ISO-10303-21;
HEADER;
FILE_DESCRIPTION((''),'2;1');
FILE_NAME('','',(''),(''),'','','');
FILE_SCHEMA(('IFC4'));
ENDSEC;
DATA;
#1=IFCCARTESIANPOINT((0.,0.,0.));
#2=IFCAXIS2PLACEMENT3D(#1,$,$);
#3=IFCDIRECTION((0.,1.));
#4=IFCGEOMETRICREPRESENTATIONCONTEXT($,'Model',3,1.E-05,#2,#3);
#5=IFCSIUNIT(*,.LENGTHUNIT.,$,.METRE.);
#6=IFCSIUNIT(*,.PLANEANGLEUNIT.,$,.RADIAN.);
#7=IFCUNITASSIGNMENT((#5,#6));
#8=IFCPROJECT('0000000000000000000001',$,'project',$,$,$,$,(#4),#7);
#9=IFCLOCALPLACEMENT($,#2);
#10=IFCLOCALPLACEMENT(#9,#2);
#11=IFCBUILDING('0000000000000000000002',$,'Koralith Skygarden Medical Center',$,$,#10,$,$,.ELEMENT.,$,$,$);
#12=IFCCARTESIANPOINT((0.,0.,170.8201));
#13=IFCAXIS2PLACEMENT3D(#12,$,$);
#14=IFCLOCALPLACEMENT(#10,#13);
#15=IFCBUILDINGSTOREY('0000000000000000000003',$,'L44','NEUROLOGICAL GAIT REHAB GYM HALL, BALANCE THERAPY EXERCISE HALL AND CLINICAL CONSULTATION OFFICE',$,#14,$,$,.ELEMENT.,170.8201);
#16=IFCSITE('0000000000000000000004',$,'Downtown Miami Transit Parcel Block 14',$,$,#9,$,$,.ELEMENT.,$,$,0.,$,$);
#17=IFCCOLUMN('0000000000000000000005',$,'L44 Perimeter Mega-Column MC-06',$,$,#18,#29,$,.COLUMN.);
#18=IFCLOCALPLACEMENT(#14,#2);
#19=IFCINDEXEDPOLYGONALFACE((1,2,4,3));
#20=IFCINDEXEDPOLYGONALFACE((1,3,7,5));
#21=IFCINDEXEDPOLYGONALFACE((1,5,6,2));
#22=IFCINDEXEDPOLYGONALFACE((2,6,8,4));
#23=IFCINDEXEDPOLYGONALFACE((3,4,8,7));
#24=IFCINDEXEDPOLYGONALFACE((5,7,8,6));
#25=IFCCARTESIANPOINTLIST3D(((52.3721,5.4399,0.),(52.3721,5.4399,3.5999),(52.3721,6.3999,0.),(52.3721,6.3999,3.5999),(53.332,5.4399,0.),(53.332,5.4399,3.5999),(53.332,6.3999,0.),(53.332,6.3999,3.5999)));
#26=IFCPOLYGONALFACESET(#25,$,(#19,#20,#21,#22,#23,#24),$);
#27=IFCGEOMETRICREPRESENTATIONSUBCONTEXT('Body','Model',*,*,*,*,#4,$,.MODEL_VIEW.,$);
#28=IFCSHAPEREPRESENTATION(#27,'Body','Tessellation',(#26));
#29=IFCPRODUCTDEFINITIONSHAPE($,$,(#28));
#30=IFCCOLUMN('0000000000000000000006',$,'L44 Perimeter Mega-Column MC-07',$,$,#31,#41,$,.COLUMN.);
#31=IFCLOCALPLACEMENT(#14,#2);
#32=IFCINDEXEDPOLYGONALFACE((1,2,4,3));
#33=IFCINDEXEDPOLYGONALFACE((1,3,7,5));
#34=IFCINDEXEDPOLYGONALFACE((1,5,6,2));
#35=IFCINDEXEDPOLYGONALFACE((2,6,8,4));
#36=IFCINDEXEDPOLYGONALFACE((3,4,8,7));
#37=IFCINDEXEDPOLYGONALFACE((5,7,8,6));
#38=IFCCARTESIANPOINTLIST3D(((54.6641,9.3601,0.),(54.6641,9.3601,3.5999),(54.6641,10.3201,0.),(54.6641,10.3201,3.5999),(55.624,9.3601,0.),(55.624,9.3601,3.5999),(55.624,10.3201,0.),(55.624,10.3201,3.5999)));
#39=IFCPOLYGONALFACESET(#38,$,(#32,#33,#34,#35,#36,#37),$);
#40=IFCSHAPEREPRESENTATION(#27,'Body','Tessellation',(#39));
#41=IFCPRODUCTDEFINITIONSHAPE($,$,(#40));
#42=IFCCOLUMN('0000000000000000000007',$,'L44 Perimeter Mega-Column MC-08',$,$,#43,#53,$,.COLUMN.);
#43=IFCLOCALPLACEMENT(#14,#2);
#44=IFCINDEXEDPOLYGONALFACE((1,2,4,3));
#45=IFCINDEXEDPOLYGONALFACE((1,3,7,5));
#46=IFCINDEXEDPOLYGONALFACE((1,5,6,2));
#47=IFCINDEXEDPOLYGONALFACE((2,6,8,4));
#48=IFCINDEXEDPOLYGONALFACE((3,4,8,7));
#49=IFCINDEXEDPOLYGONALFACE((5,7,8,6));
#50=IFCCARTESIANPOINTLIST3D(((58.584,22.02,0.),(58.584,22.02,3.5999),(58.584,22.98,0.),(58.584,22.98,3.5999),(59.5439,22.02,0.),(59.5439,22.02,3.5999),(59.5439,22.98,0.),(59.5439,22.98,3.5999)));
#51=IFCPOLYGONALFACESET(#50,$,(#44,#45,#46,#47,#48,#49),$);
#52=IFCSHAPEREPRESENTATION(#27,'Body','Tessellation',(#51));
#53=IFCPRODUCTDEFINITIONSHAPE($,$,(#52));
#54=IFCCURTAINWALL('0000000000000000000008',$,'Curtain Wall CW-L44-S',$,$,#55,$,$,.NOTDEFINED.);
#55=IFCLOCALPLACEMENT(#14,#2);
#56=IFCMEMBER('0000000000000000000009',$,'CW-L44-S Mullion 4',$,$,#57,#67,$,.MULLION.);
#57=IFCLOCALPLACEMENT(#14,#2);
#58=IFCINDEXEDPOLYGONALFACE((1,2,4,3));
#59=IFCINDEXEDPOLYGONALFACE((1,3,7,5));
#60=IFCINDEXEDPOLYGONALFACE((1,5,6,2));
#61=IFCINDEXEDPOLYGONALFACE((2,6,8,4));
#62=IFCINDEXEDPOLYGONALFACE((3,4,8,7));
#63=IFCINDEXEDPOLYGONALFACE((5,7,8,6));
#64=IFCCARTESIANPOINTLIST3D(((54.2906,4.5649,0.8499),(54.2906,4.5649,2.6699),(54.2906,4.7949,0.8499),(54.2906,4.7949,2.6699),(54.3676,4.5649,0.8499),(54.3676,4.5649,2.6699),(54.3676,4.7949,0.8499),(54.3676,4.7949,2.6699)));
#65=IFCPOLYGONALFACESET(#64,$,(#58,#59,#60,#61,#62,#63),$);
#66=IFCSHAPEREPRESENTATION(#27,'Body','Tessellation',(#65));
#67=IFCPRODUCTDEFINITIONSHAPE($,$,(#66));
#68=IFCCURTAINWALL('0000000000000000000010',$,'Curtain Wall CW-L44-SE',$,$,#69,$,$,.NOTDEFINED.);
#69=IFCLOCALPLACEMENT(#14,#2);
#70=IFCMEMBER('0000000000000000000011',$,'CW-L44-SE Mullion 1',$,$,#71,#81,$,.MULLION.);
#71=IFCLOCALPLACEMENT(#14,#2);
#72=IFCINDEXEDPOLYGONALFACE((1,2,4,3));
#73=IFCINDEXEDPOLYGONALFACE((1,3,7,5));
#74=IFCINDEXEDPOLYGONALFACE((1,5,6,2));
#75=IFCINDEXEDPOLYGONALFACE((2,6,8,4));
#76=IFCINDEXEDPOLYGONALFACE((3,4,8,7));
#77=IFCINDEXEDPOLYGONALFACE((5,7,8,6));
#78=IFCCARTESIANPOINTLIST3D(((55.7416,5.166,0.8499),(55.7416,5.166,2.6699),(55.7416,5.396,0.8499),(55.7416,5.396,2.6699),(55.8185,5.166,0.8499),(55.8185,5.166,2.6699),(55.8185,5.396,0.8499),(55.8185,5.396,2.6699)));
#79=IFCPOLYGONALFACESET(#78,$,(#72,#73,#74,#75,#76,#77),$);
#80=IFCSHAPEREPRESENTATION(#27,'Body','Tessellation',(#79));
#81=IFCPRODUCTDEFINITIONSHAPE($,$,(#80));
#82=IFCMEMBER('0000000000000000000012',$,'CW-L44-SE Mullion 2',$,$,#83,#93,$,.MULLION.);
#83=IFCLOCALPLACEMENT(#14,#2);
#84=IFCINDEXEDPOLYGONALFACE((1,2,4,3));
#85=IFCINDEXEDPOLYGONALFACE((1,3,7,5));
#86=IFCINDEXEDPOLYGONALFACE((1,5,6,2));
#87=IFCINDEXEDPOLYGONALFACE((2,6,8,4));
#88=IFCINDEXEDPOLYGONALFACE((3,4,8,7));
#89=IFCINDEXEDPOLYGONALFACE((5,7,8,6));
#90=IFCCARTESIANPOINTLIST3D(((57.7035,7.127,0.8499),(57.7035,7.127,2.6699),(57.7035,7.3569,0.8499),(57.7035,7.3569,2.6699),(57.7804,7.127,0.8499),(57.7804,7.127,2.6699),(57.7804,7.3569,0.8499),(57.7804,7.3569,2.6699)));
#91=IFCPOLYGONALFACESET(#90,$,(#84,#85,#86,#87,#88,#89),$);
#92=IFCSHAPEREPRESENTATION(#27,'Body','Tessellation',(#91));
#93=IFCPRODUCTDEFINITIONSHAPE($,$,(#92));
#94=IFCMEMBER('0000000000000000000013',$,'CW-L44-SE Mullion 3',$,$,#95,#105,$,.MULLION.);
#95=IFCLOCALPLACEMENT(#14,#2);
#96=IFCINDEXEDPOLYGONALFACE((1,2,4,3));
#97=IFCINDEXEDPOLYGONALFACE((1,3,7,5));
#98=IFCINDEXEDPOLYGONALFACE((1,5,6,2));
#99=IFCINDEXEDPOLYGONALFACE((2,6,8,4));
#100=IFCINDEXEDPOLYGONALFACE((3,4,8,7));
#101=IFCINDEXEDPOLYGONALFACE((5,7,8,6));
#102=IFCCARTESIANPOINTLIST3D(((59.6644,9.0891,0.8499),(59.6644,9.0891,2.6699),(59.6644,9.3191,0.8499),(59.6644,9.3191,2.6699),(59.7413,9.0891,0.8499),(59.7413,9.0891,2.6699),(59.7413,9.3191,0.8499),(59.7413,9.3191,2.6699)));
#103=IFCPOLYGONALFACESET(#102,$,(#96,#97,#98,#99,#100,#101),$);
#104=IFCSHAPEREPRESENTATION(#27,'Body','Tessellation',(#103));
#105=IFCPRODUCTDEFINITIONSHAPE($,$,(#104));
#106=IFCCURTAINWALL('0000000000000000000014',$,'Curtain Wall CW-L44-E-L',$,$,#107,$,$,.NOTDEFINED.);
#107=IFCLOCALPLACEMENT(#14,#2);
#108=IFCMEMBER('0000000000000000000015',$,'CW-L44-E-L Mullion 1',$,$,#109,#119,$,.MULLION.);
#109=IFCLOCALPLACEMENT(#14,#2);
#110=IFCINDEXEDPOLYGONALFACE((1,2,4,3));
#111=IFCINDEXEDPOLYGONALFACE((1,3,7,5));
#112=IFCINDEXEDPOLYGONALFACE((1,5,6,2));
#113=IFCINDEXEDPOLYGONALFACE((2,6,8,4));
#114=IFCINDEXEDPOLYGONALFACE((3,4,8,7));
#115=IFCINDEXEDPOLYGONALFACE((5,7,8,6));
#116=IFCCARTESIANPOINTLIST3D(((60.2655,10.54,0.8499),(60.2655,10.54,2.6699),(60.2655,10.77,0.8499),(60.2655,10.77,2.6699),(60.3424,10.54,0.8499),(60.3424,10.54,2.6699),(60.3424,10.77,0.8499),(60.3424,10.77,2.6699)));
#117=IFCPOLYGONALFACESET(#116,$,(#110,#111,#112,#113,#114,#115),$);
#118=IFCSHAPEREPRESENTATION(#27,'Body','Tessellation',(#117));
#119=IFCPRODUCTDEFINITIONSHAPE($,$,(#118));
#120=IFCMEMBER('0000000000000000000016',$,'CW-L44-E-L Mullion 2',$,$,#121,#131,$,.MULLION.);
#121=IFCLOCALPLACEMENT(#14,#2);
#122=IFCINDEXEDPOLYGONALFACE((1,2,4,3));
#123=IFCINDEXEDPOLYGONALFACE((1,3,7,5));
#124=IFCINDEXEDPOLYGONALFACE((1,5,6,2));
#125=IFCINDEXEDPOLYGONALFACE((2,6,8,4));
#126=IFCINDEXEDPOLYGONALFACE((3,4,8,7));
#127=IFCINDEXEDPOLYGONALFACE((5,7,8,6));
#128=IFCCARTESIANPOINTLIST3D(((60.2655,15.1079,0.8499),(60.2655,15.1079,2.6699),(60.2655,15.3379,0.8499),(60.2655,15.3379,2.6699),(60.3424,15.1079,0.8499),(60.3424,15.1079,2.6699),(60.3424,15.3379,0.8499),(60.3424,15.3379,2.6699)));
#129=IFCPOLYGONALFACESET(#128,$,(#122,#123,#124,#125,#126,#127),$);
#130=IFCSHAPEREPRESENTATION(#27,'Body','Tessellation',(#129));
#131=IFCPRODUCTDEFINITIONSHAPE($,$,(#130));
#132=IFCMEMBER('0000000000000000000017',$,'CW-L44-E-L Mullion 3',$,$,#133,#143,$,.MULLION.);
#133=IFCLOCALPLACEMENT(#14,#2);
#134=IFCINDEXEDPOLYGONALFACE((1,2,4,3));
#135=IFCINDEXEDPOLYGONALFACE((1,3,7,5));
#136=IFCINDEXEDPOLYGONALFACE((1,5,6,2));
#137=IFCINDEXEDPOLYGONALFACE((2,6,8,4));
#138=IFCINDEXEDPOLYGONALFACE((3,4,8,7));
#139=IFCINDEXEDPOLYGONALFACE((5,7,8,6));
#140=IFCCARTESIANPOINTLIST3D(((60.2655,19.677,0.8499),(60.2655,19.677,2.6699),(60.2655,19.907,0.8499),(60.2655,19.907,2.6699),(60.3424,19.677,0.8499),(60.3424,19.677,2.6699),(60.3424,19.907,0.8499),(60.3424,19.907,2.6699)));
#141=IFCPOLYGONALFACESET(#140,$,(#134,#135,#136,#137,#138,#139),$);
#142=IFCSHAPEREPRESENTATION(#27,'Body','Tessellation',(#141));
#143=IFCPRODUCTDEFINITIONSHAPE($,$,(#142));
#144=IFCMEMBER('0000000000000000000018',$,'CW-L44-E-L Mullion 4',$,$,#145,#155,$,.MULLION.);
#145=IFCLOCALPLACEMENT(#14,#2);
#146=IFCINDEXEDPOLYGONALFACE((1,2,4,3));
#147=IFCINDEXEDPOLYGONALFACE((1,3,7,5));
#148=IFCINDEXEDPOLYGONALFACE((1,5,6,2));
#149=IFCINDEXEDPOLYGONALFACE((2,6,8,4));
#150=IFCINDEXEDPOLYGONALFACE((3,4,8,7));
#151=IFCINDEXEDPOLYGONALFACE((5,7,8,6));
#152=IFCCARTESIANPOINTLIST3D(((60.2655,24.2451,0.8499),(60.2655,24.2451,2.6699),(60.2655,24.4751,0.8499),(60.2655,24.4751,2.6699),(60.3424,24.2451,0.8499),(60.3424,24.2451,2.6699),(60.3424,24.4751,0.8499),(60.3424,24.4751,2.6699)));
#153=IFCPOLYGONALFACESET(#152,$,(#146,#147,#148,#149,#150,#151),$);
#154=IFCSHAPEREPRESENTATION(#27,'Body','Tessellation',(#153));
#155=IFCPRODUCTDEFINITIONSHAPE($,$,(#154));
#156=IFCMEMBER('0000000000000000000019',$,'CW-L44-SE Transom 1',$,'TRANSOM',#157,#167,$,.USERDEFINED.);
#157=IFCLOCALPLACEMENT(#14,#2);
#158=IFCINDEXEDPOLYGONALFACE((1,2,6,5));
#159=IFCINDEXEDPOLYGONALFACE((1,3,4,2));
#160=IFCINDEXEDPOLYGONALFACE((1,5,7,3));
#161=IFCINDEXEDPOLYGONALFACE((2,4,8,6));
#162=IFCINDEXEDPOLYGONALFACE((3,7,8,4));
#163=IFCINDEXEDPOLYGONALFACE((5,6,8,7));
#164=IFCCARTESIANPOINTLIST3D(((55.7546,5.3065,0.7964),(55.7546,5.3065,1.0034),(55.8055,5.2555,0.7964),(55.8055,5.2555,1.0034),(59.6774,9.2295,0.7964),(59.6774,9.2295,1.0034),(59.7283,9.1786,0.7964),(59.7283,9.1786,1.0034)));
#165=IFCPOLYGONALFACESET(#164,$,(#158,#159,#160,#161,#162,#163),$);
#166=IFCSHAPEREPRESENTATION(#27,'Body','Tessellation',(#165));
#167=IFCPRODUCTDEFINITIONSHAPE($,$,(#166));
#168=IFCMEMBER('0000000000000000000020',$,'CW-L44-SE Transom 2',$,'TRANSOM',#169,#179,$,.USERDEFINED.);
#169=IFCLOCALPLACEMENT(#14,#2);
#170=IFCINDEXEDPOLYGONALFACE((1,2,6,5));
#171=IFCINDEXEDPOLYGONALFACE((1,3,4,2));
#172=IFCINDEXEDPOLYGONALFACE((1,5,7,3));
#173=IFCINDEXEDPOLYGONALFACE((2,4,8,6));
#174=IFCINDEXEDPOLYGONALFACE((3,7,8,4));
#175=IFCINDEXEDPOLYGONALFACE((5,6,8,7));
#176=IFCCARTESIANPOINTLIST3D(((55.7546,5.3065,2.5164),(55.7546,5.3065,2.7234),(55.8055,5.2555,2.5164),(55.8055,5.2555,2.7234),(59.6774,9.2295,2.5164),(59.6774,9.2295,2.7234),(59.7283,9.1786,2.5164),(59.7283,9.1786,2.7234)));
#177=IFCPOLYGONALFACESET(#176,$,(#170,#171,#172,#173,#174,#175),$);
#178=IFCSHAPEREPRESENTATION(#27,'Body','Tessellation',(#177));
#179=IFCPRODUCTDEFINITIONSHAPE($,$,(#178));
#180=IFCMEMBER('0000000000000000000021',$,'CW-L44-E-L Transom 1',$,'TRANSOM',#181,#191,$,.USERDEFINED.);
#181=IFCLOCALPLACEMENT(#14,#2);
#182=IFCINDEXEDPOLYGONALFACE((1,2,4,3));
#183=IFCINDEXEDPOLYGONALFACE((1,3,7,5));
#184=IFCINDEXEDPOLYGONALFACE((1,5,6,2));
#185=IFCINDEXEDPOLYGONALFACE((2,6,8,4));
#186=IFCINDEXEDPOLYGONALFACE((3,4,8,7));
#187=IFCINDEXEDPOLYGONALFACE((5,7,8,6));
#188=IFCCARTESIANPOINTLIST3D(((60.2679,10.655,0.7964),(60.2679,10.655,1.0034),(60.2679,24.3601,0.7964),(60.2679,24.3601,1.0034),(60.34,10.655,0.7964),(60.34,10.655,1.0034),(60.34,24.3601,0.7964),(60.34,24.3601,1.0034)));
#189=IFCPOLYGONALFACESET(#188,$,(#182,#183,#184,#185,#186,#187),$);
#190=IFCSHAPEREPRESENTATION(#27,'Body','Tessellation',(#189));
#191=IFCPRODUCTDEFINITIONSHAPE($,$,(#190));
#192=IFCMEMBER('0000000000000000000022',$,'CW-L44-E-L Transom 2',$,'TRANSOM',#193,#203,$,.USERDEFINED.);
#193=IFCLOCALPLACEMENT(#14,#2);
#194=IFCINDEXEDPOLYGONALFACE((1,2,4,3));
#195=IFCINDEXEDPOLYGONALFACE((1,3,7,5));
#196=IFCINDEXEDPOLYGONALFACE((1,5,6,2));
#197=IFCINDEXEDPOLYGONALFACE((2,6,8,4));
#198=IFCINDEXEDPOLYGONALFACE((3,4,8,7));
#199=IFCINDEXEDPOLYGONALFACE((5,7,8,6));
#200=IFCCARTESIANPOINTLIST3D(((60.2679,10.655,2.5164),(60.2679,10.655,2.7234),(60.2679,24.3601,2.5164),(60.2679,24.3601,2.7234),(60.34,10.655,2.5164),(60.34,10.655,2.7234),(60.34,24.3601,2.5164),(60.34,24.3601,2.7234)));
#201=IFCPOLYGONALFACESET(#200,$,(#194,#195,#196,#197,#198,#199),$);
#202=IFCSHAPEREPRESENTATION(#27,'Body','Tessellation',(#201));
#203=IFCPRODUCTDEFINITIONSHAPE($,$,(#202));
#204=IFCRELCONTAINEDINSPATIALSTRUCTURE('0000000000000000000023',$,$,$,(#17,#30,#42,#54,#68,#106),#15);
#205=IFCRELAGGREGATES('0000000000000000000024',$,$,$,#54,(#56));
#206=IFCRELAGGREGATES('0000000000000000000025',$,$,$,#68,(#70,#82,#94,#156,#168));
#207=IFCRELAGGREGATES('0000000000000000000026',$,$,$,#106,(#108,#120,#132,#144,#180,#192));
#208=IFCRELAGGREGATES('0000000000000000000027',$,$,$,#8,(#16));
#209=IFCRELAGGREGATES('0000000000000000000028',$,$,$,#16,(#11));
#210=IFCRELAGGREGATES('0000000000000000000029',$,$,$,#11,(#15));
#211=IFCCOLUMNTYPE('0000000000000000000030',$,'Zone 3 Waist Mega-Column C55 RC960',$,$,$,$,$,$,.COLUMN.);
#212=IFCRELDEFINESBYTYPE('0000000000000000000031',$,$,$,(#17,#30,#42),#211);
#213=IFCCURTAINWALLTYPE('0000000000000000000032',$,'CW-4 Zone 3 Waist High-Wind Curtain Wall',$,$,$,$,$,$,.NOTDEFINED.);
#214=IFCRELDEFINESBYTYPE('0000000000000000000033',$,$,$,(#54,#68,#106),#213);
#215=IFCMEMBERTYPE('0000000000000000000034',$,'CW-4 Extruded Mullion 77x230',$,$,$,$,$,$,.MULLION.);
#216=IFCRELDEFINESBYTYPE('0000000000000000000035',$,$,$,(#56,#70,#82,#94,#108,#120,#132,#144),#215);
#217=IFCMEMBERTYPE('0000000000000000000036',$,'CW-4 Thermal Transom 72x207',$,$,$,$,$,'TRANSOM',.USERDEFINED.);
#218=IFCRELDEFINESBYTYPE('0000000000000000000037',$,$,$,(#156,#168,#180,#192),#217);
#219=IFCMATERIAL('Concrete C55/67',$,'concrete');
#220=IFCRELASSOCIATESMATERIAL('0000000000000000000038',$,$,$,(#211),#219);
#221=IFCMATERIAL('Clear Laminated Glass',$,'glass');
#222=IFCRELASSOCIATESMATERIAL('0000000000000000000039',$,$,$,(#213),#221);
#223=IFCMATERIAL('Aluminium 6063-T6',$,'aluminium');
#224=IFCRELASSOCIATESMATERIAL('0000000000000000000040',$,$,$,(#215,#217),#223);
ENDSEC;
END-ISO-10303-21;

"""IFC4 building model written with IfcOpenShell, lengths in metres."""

from ifc_helpers import new_model, si_unit, direction, frame, origin, origin_2d, place, context, subcontext, project, spatial, rectangle, extrude, material, material_profile, profile_set, type_object, element, aggregate, save


model = new_model("IFC4")

# Units and contexts
model_context = context("Model", 3, precision=1e-05, world=origin(), true_north=direction((0.0, 1.0)))
body_context = subcontext(model_context, "Body", "Model", "MODEL_VIEW")
ifc_project = project(units=[si_unit("LENGTHUNIT", "METRE"), si_unit("PLANEANGLEUNIT", "RADIAN")], contexts=[model_context])

# Site, building, storey
site_placement = place(None, origin())
site = spatial("IfcSite", under=ifc_project, at=site_placement, Name="Downtown Miami Transit Parcel Block 14", CompositionType="ELEMENT", RefElevation=0.0)
building_placement = place(site_placement, origin())
building = spatial("IfcBuilding", under=site, at=building_placement, Name="Koralith Skygarden Medical Center", CompositionType="ELEMENT")
storey_placement = place(building_placement, frame((0.0, 0.0, 170.8201)))
storey = spatial("IfcBuildingStorey", under=building, at=storey_placement, Name="L44", Description="NEUROLOGICAL GAIT REHAB GYM HALL, BALANCE THERAPY EXERCISE HALL AND CLINICAL CONSULTATION OFFICE", CompositionType="ELEMENT", Elevation=170.8201)

# Columns
ifc_material_1 = material(Name="Concrete C55/67", Category="concrete")
ifc_material_profile_1 = material_profile(ifc_material_1, rectangle(XDim=0.96, YDim=0.96, at=origin_2d()), Name="RC960X960")
ifc_profile_set_1 = profile_set([ifc_material_profile_1], Name="Concrete C55/67")
column_type = type_object("IfcColumnType", Name="Zone 3 Waist Mega-Column C55 RC960", PredefinedType="COLUMN", material=ifc_profile_set_1)
for number, where, z_axis, x_axis, name in (
    (1, (52.8521, 5.9199, 0.0), (0.0, 0.0, 1.0), (1.0, 0.0, 0.0), "L44 Perimeter Mega-Column MC-06"),
    (2, (55.144, 9.8401, 0.0), (0.0, 0.0, 1.0), (1.0, 0.0, 0.0), "L44 Perimeter Mega-Column MC-07"),
    (3, (59.064, 22.5, 0.0), (0.0, 0.0, 1.0), (1.0, 0.0, 0.0), "L44 Perimeter Mega-Column MC-08"),
):
    element("IfcColumn", number, at=place(storey_placement, frame(where, z_axis=z_axis, x_axis=x_axis)), inside=storey, type_object=column_type, Name=name, PredefinedType="COLUMN", context=body_context, shape_type="SweptSolid", body=[
        extrude(rectangle(XDim=0.96, YDim=0.96, at=origin_2d()), origin(), (0.0, 0.0, 1.0), 3.5999),
    ])

# Curtain wall, member
ifc_material_2 = material(Name="Clear Laminated Glass", Category="glass")
curtain_wall_type = type_object("IfcCurtainWallType", Name="CW-4 Zone 3 Waist High-Wind Curtain Wall", PredefinedType="NOTDEFINED", material=ifc_material_2)
curtain_wall_1_placement = place(storey_placement, origin())
curtain_wall_1 = element("IfcCurtainWall", 4, at=curtain_wall_1_placement, inside=storey, type_object=curtain_wall_type, Name="Curtain Wall CW-L44-S", PredefinedType="NOTDEFINED")
ifc_material_3 = material(Name="Aluminium 6063-T6", Category="aluminium")
ifc_material_profile_2 = material_profile(ifc_material_3, rectangle(XDim=0.0769, YDim=0.23, at=origin_2d()), Name="MUL77X230")
ifc_profile_set_2 = profile_set([ifc_material_profile_2], Name="Aluminium 6063-T6")
member_type_1 = type_object("IfcMemberType", Name="CW-4 Extruded Mullion 77x230", PredefinedType="MULLION", material=ifc_profile_set_2)
member_1_placement = place(storey_placement, frame((54.3291, 4.6799, 0.8499), z_axis=(0.0, 0.0, 1.0), x_axis=(1.0, 0.0, 0.0)))
member_1 = element("IfcMember", 5, at=member_1_placement, type_object=member_type_1, Name="CW-L44-S Mullion 4", PredefinedType="MULLION", context=body_context, shape_type="SweptSolid", body=[
    extrude(rectangle(XDim=0.0769, YDim=0.23, at=origin_2d()), origin(), (0.0, 0.0, 1.0), 1.8201),
])
aggregate(curtain_wall_1, [member_1])

# Curtain walls, members
curtain_wall_2_placement = place(storey_placement, origin())
curtain_wall_2 = element("IfcCurtainWall", 6, at=curtain_wall_2_placement, inside=storey, type_object=curtain_wall_type, Name="Curtain Wall CW-L44-SE", PredefinedType="NOTDEFINED")
member_2_placement = place(storey_placement, frame((55.78, 5.281, 0.8499), z_axis=(0.0, 0.0, 1.0), x_axis=(1.0, 0.0, 0.0)))
member_2 = element("IfcMember", 7, at=member_2_placement, type_object=member_type_1, Name="CW-L44-SE Mullion 1", PredefinedType="MULLION", context=body_context, shape_type="SweptSolid", body=[
    extrude(rectangle(XDim=0.0769, YDim=0.23, at=origin_2d()), origin(), (0.0, 0.0, 1.0), 1.8201),
])
member_3_placement = place(storey_placement, frame((57.7419, 7.2419, 0.8499), z_axis=(0.0, 0.0, 1.0), x_axis=(1.0, 0.0, 0.0)))
member_3 = element("IfcMember", 8, at=member_3_placement, type_object=member_type_1, Name="CW-L44-SE Mullion 2", PredefinedType="MULLION", context=body_context, shape_type="SweptSolid", body=[
    extrude(rectangle(XDim=0.0769, YDim=0.23, at=origin_2d()), origin(), (0.0, 0.0, 1.0), 1.8201),
])
member_4_placement = place(storey_placement, frame((59.7029, 9.2041, 0.8499), z_axis=(0.0, 0.0, 1.0), x_axis=(1.0, 0.0, 0.0)))
member_4 = element("IfcMember", 9, at=member_4_placement, type_object=member_type_1, Name="CW-L44-SE Mullion 3", PredefinedType="MULLION", context=body_context, shape_type="SweptSolid", body=[
    extrude(rectangle(XDim=0.0769, YDim=0.23, at=origin_2d()), origin(), (0.0, 0.0, 1.0), 1.8201),
])
curtain_wall_3_placement = place(storey_placement, origin())
curtain_wall_3 = element("IfcCurtainWall", 10, at=curtain_wall_3_placement, inside=storey, type_object=curtain_wall_type, Name="Curtain Wall CW-L44-E-L", PredefinedType="NOTDEFINED")
member_5_placement = place(storey_placement, frame((60.304, 10.655, 0.8499), z_axis=(0.0, 0.0, 1.0), x_axis=(1.0, 0.0, 0.0)))
member_5 = element("IfcMember", 11, at=member_5_placement, type_object=member_type_1, Name="CW-L44-E-L Mullion 1", PredefinedType="MULLION", context=body_context, shape_type="SweptSolid", body=[
    extrude(rectangle(XDim=0.0769, YDim=0.23, at=origin_2d()), origin(), (0.0, 0.0, 1.0), 1.8201),
])
member_6_placement = place(storey_placement, frame((60.304, 15.2229, 0.8499), z_axis=(0.0, 0.0, 1.0), x_axis=(1.0, 0.0, 0.0)))
member_6 = element("IfcMember", 12, at=member_6_placement, type_object=member_type_1, Name="CW-L44-E-L Mullion 2", PredefinedType="MULLION", context=body_context, shape_type="SweptSolid", body=[
    extrude(rectangle(XDim=0.0769, YDim=0.23, at=origin_2d()), origin(), (0.0, 0.0, 1.0), 1.8201),
])
member_7_placement = place(storey_placement, frame((60.304, 19.792, 0.8499), z_axis=(0.0, 0.0, 1.0), x_axis=(1.0, 0.0, 0.0)))
member_7 = element("IfcMember", 13, at=member_7_placement, type_object=member_type_1, Name="CW-L44-E-L Mullion 3", PredefinedType="MULLION", context=body_context, shape_type="SweptSolid", body=[
    extrude(rectangle(XDim=0.0769, YDim=0.23, at=origin_2d()), origin(), (0.0, 0.0, 1.0), 1.8201),
])
member_8_placement = place(storey_placement, frame((60.304, 24.3601, 0.8499), z_axis=(0.0, 0.0, 1.0), x_axis=(1.0, 0.0, 0.0)))
member_8 = element("IfcMember", 14, at=member_8_placement, type_object=member_type_1, Name="CW-L44-E-L Mullion 4", PredefinedType="MULLION", context=body_context, shape_type="SweptSolid", body=[
    extrude(rectangle(XDim=0.0769, YDim=0.23, at=origin_2d()), origin(), (0.0, 0.0, 1.0), 1.8201),
])

# Members
ifc_material_profile_3 = material_profile(ifc_material_3, rectangle(XDim=0.072, YDim=0.207, at=origin_2d()), Name="TRN72X207")
ifc_profile_set_3 = profile_set([ifc_material_profile_3], Name="Aluminium 6063-T6")
member_type_2 = type_object("IfcMemberType", Name="CW-4 Thermal Transom 72x207", ElementType="TRANSOM", PredefinedType="USERDEFINED", material=ifc_profile_set_3)
member_9_placement = place(storey_placement, frame((55.78, 5.281, 0.8999), z_axis=(0.707085, 0.707129, 0.0), x_axis=(-0.707129, 0.707085, 0.0)))
member_9 = element("IfcMember", 15, at=member_9_placement, type_object=member_type_2, Name="CW-L44-SE Transom 1", ObjectType="TRANSOM", PredefinedType="USERDEFINED", context=body_context, shape_type="SweptSolid", body=[
    extrude(rectangle(XDim=0.072, YDim=0.207, at=origin_2d()), origin(), (0.0, 0.0, 1.0), 5.5479),
])
member_10_placement = place(storey_placement, frame((55.78, 5.281, 2.6199), z_axis=(0.707085, 0.707129, 0.0), x_axis=(-0.707129, 0.707085, 0.0)))
member_10 = element("IfcMember", 16, at=member_10_placement, type_object=member_type_2, Name="CW-L44-SE Transom 2", ObjectType="TRANSOM", PredefinedType="USERDEFINED", context=body_context, shape_type="SweptSolid", body=[
    extrude(rectangle(XDim=0.072, YDim=0.207, at=origin_2d()), origin(), (0.0, 0.0, 1.0), 5.5479),
])
member_11_placement = place(storey_placement, frame((60.304, 10.655, 0.8999), z_axis=(0.0, 1.0, 0.0), x_axis=(-1.0, 0.0, 0.0)))
member_11 = element("IfcMember", 17, at=member_11_placement, type_object=member_type_2, Name="CW-L44-E-L Transom 1", ObjectType="TRANSOM", PredefinedType="USERDEFINED", context=body_context, shape_type="SweptSolid", body=[
    extrude(rectangle(XDim=0.072, YDim=0.207, at=origin_2d()), origin(), (0.0, 0.0, 1.0), 13.7051),
])
member_12_placement = place(storey_placement, frame((60.304, 10.655, 2.6199), z_axis=(0.0, 1.0, 0.0), x_axis=(-1.0, 0.0, 0.0)))
member_12 = element("IfcMember", 18, at=member_12_placement, type_object=member_type_2, Name="CW-L44-E-L Transom 2", ObjectType="TRANSOM", PredefinedType="USERDEFINED", context=body_context, shape_type="SweptSolid", body=[
    extrude(rectangle(XDim=0.072, YDim=0.207, at=origin_2d()), origin(), (0.0, 0.0, 1.0), 13.7051),
])

aggregate(curtain_wall_2, [member_2, member_3, member_4, member_9, member_10])
aggregate(curtain_wall_3, [member_5, member_6, member_7, member_8, member_11, member_12])

save(model, "model.ifc")
